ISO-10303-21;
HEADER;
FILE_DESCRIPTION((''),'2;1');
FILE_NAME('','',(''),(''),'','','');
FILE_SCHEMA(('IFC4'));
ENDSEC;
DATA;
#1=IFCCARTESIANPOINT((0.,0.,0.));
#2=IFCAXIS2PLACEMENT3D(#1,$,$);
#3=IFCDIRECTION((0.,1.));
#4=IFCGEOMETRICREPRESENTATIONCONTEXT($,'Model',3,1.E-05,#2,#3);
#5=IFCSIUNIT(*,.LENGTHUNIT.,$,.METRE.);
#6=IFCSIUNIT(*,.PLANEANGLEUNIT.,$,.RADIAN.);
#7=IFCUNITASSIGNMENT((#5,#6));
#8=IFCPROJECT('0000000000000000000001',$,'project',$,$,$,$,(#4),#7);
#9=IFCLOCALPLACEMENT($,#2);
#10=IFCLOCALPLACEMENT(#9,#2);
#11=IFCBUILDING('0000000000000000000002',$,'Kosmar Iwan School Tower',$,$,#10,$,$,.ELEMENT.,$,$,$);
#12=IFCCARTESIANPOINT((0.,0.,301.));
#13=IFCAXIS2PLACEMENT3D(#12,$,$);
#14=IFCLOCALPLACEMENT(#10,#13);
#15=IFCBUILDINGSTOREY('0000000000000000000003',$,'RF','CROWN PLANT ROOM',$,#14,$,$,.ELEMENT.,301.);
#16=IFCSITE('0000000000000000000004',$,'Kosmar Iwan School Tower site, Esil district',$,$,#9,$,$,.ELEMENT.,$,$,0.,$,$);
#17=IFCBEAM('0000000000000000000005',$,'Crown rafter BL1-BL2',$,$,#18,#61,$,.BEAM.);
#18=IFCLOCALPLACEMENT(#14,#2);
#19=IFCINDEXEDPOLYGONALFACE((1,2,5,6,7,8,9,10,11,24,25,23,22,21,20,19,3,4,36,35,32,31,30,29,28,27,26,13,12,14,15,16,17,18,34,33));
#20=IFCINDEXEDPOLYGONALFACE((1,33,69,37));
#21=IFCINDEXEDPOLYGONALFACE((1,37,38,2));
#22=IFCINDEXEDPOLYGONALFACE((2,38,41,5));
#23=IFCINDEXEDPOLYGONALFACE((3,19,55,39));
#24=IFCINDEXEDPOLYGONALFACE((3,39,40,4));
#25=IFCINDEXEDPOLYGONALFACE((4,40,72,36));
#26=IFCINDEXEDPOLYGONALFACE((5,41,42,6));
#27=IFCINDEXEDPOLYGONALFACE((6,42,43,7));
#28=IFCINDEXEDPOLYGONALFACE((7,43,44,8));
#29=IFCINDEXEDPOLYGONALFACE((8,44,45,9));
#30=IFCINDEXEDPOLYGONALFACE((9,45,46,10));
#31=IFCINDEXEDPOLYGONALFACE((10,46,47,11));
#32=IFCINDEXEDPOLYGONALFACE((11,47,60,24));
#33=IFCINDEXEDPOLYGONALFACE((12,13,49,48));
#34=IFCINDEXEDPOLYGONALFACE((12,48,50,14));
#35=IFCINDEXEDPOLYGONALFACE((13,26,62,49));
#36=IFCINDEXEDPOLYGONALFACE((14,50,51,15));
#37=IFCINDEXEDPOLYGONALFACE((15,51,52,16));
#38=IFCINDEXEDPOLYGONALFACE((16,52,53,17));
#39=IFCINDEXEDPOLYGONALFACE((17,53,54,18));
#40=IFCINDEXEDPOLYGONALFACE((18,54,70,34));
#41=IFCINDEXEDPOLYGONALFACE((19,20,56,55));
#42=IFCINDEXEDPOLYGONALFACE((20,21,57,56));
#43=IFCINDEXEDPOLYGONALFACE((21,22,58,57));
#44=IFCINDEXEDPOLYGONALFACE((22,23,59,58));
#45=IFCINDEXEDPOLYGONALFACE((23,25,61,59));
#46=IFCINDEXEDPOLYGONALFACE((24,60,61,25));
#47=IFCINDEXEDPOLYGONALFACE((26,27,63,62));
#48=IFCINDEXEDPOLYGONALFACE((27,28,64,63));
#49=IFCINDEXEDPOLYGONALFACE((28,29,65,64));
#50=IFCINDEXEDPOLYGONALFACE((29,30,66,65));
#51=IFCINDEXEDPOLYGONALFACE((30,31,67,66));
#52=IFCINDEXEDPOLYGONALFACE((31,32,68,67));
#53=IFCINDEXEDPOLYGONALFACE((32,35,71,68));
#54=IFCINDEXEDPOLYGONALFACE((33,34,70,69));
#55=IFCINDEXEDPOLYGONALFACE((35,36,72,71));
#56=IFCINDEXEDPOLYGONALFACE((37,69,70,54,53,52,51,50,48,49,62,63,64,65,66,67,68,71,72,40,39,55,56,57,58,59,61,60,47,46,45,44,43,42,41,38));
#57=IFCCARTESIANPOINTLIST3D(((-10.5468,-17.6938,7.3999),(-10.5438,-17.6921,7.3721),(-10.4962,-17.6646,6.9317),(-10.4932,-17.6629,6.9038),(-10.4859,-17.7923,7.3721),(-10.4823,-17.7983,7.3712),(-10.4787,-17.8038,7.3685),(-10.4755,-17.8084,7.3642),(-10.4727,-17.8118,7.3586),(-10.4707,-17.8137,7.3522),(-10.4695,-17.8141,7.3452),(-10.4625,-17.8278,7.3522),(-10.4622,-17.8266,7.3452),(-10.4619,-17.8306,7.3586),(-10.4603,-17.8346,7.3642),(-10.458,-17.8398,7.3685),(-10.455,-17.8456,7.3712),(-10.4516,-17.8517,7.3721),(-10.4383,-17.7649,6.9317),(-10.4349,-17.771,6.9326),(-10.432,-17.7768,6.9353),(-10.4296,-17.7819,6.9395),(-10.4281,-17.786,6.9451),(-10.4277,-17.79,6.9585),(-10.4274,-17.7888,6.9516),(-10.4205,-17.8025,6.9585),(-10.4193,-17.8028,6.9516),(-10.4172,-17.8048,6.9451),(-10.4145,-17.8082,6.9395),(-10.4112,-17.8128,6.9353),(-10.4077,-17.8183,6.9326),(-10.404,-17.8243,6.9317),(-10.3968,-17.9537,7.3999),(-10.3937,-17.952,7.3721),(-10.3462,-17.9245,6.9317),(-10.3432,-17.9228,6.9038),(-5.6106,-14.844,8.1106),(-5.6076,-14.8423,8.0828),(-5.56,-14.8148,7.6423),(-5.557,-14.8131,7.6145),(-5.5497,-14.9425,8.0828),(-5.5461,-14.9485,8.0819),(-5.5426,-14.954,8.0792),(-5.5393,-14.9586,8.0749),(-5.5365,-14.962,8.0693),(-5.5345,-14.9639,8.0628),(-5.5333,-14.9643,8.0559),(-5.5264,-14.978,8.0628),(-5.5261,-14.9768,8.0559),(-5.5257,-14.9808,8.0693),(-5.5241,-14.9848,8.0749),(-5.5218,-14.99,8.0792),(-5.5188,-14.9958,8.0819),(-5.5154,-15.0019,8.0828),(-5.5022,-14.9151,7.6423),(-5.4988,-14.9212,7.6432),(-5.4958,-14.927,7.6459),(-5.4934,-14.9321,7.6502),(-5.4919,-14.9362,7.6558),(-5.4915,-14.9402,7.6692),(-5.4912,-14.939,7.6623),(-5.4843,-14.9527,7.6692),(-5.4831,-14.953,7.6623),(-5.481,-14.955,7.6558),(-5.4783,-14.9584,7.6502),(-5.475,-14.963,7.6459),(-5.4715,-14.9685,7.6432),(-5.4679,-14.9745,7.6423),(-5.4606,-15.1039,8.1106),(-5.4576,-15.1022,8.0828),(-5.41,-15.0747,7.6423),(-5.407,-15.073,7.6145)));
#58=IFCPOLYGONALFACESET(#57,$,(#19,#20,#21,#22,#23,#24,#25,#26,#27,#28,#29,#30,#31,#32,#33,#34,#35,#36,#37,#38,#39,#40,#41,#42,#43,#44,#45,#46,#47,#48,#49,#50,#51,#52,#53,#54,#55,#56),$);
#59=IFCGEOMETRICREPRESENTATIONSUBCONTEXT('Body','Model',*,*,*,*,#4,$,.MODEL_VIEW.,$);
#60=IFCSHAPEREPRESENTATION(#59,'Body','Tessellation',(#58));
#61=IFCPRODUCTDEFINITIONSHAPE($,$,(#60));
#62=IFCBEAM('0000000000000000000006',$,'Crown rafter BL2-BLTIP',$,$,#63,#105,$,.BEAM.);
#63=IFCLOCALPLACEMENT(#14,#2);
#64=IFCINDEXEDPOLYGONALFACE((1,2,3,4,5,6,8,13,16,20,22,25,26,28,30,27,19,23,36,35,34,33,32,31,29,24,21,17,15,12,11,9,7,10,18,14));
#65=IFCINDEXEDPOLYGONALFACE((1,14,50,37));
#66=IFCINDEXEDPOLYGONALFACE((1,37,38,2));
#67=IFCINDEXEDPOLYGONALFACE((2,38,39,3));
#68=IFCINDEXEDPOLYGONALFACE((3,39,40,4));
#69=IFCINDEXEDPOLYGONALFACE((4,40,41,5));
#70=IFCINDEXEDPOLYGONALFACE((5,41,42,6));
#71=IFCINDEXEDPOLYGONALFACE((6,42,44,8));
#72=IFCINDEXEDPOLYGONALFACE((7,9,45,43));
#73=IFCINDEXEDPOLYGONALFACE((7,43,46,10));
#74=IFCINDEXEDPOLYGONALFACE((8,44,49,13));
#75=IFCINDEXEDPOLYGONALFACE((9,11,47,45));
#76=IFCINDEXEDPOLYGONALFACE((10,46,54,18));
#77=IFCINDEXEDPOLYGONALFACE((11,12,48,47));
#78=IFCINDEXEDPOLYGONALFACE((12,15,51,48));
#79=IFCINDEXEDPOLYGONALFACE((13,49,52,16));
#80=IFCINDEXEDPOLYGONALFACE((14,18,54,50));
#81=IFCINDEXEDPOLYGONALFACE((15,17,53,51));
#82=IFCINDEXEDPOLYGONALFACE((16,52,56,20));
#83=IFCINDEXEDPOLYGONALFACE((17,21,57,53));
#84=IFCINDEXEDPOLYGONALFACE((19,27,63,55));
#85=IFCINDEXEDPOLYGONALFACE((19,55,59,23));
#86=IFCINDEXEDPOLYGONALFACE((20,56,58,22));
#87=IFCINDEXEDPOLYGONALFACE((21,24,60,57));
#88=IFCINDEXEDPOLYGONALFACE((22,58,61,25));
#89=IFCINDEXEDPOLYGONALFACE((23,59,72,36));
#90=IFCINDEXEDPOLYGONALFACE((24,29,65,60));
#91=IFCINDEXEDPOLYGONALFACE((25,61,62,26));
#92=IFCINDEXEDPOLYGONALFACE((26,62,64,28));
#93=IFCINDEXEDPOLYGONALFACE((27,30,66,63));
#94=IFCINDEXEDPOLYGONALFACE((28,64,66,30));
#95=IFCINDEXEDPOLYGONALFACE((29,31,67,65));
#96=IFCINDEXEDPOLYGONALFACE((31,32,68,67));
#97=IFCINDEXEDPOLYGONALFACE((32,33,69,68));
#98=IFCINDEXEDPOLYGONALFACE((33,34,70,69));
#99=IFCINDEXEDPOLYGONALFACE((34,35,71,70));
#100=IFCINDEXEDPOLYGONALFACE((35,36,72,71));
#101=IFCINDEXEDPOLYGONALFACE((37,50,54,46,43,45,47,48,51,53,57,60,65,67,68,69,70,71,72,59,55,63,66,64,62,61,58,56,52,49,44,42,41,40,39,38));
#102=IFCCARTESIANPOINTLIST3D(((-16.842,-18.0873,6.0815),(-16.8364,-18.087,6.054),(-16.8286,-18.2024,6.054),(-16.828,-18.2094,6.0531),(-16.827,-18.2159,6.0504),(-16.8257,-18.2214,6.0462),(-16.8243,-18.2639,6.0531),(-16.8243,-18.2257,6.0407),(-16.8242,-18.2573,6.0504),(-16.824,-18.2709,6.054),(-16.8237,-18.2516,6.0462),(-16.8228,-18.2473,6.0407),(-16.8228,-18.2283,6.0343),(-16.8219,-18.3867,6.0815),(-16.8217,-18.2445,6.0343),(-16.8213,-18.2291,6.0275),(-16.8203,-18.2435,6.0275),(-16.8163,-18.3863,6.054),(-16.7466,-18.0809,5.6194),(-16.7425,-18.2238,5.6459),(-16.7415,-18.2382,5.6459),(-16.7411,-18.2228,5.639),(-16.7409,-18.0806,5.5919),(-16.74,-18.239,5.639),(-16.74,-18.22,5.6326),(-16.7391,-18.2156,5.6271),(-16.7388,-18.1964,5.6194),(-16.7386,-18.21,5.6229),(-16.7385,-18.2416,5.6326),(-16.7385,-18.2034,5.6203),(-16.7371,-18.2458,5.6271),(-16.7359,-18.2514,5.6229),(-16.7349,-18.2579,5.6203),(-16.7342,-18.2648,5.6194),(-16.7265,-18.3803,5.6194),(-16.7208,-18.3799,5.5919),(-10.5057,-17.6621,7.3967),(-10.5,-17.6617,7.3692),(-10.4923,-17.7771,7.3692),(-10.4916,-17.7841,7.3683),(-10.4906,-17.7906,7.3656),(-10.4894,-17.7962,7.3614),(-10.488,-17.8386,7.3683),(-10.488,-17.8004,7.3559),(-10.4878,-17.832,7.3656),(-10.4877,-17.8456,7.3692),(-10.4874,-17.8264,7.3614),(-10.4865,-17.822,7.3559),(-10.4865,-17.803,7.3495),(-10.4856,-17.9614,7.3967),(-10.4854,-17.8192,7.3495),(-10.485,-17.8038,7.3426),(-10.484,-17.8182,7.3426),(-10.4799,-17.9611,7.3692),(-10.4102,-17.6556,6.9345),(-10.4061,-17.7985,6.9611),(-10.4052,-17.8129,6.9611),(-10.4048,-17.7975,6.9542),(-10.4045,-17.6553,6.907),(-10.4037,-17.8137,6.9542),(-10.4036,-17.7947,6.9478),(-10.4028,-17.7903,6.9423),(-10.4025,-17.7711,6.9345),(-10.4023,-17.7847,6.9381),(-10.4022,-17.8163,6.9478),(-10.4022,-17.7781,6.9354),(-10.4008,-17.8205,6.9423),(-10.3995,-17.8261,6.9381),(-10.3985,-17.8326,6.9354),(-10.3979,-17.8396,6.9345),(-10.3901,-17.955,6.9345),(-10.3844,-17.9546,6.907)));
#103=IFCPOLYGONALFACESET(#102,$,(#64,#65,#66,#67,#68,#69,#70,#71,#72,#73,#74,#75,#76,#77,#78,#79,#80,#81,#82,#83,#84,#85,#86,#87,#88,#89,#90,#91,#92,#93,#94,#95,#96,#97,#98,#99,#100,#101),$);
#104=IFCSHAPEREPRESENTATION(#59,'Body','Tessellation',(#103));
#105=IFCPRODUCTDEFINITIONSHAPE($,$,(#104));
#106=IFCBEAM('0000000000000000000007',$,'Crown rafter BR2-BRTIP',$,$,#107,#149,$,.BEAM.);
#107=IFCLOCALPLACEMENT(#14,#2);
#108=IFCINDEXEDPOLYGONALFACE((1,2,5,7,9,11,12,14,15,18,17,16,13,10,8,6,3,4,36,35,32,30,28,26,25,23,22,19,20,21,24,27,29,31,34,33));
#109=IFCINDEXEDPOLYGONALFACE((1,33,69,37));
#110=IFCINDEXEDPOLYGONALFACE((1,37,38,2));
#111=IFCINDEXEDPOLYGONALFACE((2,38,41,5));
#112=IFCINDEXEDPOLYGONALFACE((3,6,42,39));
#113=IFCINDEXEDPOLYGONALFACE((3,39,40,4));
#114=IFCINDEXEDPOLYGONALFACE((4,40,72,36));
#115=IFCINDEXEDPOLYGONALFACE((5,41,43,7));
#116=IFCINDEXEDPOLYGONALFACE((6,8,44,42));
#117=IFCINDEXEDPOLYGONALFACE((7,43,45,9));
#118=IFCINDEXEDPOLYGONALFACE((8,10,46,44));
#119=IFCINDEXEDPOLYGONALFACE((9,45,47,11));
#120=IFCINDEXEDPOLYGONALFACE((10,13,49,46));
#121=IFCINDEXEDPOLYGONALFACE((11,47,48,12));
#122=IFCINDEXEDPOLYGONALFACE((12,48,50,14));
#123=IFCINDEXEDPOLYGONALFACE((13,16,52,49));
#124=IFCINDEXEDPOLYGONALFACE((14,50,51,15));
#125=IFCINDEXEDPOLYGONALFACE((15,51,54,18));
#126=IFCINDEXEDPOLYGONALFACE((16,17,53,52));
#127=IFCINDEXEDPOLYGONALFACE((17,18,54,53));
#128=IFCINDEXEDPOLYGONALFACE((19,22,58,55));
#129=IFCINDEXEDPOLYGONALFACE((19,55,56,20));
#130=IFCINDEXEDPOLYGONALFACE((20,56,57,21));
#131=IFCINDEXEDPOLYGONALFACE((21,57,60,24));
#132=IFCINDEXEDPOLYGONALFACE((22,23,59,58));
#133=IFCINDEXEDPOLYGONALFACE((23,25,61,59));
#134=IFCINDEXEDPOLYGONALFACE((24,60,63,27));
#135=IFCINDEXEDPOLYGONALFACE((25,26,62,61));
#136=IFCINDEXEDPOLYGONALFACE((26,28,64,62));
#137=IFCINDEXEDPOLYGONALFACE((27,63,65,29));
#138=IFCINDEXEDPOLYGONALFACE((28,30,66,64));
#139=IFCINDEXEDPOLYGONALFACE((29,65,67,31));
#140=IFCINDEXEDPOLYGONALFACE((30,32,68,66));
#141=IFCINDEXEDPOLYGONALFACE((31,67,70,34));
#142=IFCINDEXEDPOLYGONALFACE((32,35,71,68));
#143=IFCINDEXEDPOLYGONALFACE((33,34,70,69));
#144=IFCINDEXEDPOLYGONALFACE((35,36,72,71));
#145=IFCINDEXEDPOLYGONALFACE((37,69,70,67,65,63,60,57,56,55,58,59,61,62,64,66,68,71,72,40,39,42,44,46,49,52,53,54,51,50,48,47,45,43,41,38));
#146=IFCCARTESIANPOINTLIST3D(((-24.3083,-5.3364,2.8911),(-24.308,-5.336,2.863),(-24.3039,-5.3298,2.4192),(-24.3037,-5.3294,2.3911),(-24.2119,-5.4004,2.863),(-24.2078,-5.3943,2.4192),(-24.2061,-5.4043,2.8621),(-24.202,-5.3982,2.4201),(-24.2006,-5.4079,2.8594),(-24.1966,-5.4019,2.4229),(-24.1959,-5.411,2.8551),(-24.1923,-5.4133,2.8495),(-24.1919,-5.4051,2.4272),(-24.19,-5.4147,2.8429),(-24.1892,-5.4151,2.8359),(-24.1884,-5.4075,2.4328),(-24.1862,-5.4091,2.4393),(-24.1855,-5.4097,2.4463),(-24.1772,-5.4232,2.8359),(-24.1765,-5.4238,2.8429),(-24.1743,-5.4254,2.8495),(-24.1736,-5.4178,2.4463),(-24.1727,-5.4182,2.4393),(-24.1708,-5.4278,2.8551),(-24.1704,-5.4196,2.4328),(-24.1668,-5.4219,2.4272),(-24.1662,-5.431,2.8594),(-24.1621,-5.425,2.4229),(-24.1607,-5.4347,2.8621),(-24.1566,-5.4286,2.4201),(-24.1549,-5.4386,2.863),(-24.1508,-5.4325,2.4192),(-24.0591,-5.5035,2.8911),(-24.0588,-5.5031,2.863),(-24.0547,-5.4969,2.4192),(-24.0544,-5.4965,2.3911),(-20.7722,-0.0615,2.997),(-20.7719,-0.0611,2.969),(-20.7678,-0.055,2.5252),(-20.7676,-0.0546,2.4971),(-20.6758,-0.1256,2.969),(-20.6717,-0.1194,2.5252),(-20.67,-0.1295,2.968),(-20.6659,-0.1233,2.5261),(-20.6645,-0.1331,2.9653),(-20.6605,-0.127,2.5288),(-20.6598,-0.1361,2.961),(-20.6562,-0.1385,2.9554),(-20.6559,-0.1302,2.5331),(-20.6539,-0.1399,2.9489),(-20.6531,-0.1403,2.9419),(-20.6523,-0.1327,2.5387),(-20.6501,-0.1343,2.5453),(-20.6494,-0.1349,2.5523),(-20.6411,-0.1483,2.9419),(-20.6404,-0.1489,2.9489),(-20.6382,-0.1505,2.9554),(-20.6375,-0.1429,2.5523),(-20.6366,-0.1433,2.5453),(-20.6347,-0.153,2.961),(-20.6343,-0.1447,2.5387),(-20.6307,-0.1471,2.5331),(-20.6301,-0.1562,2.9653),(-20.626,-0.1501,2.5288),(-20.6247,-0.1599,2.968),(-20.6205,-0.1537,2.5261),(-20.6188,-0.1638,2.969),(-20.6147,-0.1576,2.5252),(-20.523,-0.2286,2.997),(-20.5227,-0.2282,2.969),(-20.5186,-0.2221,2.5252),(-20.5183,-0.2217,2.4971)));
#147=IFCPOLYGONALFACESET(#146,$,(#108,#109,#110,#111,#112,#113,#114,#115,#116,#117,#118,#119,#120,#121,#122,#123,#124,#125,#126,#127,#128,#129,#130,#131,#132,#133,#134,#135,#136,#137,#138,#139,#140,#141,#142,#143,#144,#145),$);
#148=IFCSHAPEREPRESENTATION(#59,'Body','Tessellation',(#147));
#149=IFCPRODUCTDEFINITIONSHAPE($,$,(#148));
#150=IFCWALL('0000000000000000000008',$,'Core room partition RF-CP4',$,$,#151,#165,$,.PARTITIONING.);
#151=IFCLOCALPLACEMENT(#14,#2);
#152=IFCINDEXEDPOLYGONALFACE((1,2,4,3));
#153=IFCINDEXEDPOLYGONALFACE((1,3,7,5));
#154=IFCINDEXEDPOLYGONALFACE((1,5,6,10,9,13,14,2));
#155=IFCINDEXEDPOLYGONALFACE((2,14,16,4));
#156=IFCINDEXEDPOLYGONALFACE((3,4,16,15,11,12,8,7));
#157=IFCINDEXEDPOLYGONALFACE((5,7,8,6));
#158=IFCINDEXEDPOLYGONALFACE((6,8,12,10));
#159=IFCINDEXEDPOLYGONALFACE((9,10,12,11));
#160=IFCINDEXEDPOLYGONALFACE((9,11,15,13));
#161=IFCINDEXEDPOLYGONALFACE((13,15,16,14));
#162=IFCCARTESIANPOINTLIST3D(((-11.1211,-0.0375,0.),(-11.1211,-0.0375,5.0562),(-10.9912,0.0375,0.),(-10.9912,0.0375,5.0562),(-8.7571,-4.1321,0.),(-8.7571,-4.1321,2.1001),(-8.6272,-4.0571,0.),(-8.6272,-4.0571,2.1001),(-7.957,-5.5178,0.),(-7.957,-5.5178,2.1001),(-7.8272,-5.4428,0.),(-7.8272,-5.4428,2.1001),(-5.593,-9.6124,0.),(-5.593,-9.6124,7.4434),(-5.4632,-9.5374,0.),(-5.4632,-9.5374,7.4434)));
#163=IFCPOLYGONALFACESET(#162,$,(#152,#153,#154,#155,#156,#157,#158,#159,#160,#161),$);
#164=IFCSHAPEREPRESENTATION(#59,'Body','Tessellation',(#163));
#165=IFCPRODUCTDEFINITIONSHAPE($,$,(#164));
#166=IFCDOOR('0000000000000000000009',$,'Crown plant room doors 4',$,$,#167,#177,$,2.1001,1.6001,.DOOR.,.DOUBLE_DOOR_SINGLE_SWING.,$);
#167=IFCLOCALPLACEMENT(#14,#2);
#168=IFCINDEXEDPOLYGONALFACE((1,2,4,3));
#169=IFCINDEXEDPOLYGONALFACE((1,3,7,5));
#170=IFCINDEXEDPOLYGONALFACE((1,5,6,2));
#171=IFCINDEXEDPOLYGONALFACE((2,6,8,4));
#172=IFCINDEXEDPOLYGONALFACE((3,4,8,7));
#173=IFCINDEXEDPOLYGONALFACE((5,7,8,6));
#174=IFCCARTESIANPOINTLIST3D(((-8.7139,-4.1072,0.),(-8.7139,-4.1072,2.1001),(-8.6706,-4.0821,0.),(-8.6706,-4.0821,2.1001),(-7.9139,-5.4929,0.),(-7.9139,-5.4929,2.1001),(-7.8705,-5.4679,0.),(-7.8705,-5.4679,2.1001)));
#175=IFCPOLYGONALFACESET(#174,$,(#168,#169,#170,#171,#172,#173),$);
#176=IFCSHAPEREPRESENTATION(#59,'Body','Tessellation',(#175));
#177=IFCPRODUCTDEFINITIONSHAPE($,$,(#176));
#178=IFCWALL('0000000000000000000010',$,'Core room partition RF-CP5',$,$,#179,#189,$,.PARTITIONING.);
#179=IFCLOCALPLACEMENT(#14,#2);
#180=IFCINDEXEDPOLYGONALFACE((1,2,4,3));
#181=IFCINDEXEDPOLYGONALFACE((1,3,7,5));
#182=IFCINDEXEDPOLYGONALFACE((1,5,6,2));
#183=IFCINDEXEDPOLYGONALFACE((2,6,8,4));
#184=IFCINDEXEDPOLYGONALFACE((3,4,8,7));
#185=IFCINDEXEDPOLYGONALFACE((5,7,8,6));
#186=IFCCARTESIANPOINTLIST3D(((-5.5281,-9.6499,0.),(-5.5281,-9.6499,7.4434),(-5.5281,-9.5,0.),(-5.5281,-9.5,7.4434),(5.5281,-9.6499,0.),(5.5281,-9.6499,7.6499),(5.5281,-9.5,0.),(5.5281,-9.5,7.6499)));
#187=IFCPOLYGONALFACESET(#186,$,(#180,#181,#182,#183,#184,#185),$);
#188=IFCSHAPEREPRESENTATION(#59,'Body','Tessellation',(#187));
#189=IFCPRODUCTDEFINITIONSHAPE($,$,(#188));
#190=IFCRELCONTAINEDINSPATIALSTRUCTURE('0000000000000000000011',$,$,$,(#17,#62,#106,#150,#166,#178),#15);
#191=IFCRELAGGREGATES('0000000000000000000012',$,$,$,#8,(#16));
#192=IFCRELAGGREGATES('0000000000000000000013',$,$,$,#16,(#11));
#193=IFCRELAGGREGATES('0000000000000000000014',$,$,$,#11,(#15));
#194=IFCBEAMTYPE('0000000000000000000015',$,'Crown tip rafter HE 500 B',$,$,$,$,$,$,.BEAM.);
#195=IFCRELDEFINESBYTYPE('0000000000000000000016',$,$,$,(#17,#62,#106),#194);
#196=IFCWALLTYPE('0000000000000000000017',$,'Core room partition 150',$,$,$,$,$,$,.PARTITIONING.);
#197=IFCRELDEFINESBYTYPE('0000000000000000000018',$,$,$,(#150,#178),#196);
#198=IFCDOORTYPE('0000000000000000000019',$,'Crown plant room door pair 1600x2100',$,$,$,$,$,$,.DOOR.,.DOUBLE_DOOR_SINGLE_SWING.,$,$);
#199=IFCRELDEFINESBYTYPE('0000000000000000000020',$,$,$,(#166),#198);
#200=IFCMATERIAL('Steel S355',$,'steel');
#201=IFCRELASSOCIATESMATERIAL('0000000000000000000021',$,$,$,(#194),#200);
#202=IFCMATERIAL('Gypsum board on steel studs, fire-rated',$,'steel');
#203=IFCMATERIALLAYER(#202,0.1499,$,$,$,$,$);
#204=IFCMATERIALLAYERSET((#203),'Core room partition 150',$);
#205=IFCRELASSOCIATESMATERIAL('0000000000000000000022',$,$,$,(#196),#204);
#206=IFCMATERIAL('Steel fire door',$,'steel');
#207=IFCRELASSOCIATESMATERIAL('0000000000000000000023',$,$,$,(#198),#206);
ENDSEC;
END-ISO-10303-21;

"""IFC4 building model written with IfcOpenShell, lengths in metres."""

from ifc_helpers import new_model, si_unit, direction, frame, frame_2d, origin, origin_2d, place, context, subcontext, project, spatial, polyline, rectangle, i_section, outline, extrude, material, layer, layer_set, material_profile, profile_set, type_object, element, fill, save


model = new_model("IFC4")

# Units and contexts
model_context = context("Model", 3, precision=1e-05, world=origin(), true_north=direction((0.0, 1.0)))
body_context = subcontext(model_context, "Body", "Model", "MODEL_VIEW")
ifc_project = project(units=[si_unit("LENGTHUNIT", "METRE"), si_unit("PLANEANGLEUNIT", "RADIAN")], contexts=[model_context])

# Site, building, storey
site_placement = place(None, origin())
site = spatial("IfcSite", under=ifc_project, at=site_placement, Name="Kosmar Iwan School Tower site, Esil district", CompositionType="ELEMENT", RefElevation=0.0)
building_placement = place(site_placement, origin())
building = spatial("IfcBuilding", under=site, at=building_placement, Name="Kosmar Iwan School Tower", CompositionType="ELEMENT")
storey_placement = place(building_placement, frame((0.0, 0.0, 301.0)))
storey = spatial("IfcBuildingStorey", under=building, at=storey_placement, Name="RF", Description="CROWN PLANT ROOM", CompositionType="ELEMENT", Elevation=301.0)

# Beams
ifc_material_1 = material(Name="Steel S355", Category="steel")
ifc_material_profile_1 = material_profile(ifc_material_1, i_section(OverallWidth=0.3, OverallDepth=0.5, WebThickness=0.0144, FlangeThickness=0.0281, FilletRadius=0.0271, at=origin_2d()), Name="HE 500 B")
ifc_profile_set_1 = profile_set([ifc_material_profile_1], Name="Steel S355")
beam_type_1 = type_object("IfcBeamType", Name="Crown tip rafter HE 500 B", PredefinedType="BEAM", material=ifc_profile_set_1)
beam_1_placement = place(storey_placement, frame((-5.5088, -14.9585, 7.8625), z_axis=(-0.859379, -0.496144, -0.123728), x_axis=(0.499986, -0.866034, 0.0)))
element("IfcBeam", 1, at=beam_1_placement, inside=storey, type_object=beam_type_1, Name="Crown rafter BL1-BL2", PredefinedType="BEAM", context=body_context, shape_type="SweptSolid", body=[
    extrude(i_section(OverallWidth=0.3, OverallDepth=0.5, WebThickness=0.0144, FlangeThickness=0.0281, FilletRadius=0.0271, at=origin_2d()), origin(), (0.0, 0.0, 1.0), 5.7439),
])
beam_2_placement = place(storey_placement, frame((-10.4451, -17.8083, 7.1519), z_axis=(-0.977024, -0.065577, -0.202791), x_axis=(0.066968, -0.997755, 0.0)))
element("IfcBeam", 2, at=beam_2_placement, inside=storey, type_object=beam_type_1, Name="Crown rafter BL2-BLTIP", PredefinedType="BEAM", context=body_context, shape_type="SweptSolid", body=[
    extrude(i_section(OverallWidth=0.3, OverallDepth=0.5, WebThickness=0.0144, FlangeThickness=0.0281, FilletRadius=0.0271, at=origin_2d()), origin(), (0.0, 0.0, 1.0), 6.4854),
])
beam_3_placement = place(storey_placement, frame((-20.6453, -0.1416, 2.7471), z_axis=(-0.55675, -0.830512, -0.016683), x_axis=(0.830628, -0.556828, 0.0)))
element("IfcBeam", 3, at=beam_3_placement, inside=storey, type_object=beam_type_1, Name="Crown rafter BR2-BRTIP", PredefinedType="BEAM", context=body_context, shape_type="SweptSolid", body=[
    extrude(i_section(OverallWidth=0.3, OverallDepth=0.5, WebThickness=0.0144, FlangeThickness=0.0281, FilletRadius=0.0271, at=origin_2d()), origin(), (0.0, 0.0, 1.0), 6.3513),
])

# Wall, opening, door
ifc_material_2 = material(Name="Gypsum board on steel studs, fire-rated", Category="steel")
ifc_layer_1 = layer(ifc_material_2, 0.1499)
ifc_layer_set_1 = layer_set([ifc_layer_1], Name="Core room partition 150")
wall_type_1 = type_object("IfcWallType", Name="Core room partition 150", PredefinedType="PARTITIONING", material=ifc_layer_set_1)
wall_1_placement = place(storey_placement, frame((-11.0562, 0.0, 0.0), z_axis=(0.0, 0.0, 1.0), x_axis=(0.499998, -0.866026, 0.0)))
wall_1 = element("IfcWall", 4, at=wall_1_placement, inside=storey, type_object=wall_type_1, Name="Core room partition RF-CP4", PredefinedType="PARTITIONING", context=body_context, shape_type="SweptSolid", body=[
    extrude(outline(polyline([(0.0, 0.0), (11.0562, 0.0), (11.0562, 7.4434), (0.0, 5.0562), (0.0, 0.0)])), frame((0.0, 0.075, 0.0), z_axis=(0.0, -1.0, 0.0), x_axis=(1.0, 0.0, 0.0)), (0.0, 0.0, 1.0), 0.1499),
])
opening_1_placement = place(wall_1_placement, frame((4.728, 0.0, 0.0)))
opening_1 = element("IfcOpeningElement", 5, at=opening_1_placement, cuts=wall_1, PredefinedType="OPENING", context=body_context, shape_type="SweptSolid", body=[
    extrude(rectangle(XDim=1.6001, YDim=2.1001, at=frame_2d((0.8, 1.05))), frame((0.0, 0.0869, 0.0), z_axis=(0.0, -1.0, 0.0), x_axis=(1.0, 0.0, 0.0)), (0.0, 0.0, 1.0), 0.1738),
])
ifc_material_3 = material(Name="Steel fire door", Category="steel")
door_type_1 = type_object("IfcDoorType", Name="Crown plant room door pair 1600x2100", OperationType="DOUBLE_DOOR_SINGLE_SWING", PredefinedType="DOOR", material=ifc_material_3)
door_1_placement = place(opening_1_placement, origin())
door_1 = element("IfcDoor", 6, at=door_1_placement, inside=storey, type_object=door_type_1, Name="Crown plant room doors 4", OperationType="DOUBLE_DOOR_SINGLE_SWING", OverallHeight=2.1001, OverallWidth=1.6001, PredefinedType="DOOR", context=body_context, shape_type="SweptSolid", body=[
    extrude(rectangle(XDim=1.6001, YDim=2.1001, at=frame_2d((0.8, 1.05))), frame((0.0, 0.0249, 0.0), z_axis=(0.0, -1.0, 0.0), x_axis=(1.0, 0.0, 0.0)), (0.0, 0.0, 1.0), 0.05),
])
fill(opening_1, door_1)

# Wall
wall_2_placement = place(storey_placement, frame((-5.5281, -9.575, 0.0), z_axis=(0.0, 0.0, 1.0), x_axis=(1.0, 0.0, 0.0)))
element("IfcWall", 7, at=wall_2_placement, inside=storey, type_object=wall_type_1, Name="Core room partition RF-CP5", PredefinedType="PARTITIONING", context=body_context, shape_type="SweptSolid", body=[
    extrude(outline(polyline([(0.0, 0.0), (11.0562, 0.0), (11.0562, 7.6499), (0.0, 7.4434), (0.0, 0.0)])), frame((0.0, 0.075, 0.0), z_axis=(0.0, -1.0, 0.0), x_axis=(1.0, 0.0, 0.0)), (0.0, 0.0, 1.0), 0.1499),
])

save(model, "model.ifc")
